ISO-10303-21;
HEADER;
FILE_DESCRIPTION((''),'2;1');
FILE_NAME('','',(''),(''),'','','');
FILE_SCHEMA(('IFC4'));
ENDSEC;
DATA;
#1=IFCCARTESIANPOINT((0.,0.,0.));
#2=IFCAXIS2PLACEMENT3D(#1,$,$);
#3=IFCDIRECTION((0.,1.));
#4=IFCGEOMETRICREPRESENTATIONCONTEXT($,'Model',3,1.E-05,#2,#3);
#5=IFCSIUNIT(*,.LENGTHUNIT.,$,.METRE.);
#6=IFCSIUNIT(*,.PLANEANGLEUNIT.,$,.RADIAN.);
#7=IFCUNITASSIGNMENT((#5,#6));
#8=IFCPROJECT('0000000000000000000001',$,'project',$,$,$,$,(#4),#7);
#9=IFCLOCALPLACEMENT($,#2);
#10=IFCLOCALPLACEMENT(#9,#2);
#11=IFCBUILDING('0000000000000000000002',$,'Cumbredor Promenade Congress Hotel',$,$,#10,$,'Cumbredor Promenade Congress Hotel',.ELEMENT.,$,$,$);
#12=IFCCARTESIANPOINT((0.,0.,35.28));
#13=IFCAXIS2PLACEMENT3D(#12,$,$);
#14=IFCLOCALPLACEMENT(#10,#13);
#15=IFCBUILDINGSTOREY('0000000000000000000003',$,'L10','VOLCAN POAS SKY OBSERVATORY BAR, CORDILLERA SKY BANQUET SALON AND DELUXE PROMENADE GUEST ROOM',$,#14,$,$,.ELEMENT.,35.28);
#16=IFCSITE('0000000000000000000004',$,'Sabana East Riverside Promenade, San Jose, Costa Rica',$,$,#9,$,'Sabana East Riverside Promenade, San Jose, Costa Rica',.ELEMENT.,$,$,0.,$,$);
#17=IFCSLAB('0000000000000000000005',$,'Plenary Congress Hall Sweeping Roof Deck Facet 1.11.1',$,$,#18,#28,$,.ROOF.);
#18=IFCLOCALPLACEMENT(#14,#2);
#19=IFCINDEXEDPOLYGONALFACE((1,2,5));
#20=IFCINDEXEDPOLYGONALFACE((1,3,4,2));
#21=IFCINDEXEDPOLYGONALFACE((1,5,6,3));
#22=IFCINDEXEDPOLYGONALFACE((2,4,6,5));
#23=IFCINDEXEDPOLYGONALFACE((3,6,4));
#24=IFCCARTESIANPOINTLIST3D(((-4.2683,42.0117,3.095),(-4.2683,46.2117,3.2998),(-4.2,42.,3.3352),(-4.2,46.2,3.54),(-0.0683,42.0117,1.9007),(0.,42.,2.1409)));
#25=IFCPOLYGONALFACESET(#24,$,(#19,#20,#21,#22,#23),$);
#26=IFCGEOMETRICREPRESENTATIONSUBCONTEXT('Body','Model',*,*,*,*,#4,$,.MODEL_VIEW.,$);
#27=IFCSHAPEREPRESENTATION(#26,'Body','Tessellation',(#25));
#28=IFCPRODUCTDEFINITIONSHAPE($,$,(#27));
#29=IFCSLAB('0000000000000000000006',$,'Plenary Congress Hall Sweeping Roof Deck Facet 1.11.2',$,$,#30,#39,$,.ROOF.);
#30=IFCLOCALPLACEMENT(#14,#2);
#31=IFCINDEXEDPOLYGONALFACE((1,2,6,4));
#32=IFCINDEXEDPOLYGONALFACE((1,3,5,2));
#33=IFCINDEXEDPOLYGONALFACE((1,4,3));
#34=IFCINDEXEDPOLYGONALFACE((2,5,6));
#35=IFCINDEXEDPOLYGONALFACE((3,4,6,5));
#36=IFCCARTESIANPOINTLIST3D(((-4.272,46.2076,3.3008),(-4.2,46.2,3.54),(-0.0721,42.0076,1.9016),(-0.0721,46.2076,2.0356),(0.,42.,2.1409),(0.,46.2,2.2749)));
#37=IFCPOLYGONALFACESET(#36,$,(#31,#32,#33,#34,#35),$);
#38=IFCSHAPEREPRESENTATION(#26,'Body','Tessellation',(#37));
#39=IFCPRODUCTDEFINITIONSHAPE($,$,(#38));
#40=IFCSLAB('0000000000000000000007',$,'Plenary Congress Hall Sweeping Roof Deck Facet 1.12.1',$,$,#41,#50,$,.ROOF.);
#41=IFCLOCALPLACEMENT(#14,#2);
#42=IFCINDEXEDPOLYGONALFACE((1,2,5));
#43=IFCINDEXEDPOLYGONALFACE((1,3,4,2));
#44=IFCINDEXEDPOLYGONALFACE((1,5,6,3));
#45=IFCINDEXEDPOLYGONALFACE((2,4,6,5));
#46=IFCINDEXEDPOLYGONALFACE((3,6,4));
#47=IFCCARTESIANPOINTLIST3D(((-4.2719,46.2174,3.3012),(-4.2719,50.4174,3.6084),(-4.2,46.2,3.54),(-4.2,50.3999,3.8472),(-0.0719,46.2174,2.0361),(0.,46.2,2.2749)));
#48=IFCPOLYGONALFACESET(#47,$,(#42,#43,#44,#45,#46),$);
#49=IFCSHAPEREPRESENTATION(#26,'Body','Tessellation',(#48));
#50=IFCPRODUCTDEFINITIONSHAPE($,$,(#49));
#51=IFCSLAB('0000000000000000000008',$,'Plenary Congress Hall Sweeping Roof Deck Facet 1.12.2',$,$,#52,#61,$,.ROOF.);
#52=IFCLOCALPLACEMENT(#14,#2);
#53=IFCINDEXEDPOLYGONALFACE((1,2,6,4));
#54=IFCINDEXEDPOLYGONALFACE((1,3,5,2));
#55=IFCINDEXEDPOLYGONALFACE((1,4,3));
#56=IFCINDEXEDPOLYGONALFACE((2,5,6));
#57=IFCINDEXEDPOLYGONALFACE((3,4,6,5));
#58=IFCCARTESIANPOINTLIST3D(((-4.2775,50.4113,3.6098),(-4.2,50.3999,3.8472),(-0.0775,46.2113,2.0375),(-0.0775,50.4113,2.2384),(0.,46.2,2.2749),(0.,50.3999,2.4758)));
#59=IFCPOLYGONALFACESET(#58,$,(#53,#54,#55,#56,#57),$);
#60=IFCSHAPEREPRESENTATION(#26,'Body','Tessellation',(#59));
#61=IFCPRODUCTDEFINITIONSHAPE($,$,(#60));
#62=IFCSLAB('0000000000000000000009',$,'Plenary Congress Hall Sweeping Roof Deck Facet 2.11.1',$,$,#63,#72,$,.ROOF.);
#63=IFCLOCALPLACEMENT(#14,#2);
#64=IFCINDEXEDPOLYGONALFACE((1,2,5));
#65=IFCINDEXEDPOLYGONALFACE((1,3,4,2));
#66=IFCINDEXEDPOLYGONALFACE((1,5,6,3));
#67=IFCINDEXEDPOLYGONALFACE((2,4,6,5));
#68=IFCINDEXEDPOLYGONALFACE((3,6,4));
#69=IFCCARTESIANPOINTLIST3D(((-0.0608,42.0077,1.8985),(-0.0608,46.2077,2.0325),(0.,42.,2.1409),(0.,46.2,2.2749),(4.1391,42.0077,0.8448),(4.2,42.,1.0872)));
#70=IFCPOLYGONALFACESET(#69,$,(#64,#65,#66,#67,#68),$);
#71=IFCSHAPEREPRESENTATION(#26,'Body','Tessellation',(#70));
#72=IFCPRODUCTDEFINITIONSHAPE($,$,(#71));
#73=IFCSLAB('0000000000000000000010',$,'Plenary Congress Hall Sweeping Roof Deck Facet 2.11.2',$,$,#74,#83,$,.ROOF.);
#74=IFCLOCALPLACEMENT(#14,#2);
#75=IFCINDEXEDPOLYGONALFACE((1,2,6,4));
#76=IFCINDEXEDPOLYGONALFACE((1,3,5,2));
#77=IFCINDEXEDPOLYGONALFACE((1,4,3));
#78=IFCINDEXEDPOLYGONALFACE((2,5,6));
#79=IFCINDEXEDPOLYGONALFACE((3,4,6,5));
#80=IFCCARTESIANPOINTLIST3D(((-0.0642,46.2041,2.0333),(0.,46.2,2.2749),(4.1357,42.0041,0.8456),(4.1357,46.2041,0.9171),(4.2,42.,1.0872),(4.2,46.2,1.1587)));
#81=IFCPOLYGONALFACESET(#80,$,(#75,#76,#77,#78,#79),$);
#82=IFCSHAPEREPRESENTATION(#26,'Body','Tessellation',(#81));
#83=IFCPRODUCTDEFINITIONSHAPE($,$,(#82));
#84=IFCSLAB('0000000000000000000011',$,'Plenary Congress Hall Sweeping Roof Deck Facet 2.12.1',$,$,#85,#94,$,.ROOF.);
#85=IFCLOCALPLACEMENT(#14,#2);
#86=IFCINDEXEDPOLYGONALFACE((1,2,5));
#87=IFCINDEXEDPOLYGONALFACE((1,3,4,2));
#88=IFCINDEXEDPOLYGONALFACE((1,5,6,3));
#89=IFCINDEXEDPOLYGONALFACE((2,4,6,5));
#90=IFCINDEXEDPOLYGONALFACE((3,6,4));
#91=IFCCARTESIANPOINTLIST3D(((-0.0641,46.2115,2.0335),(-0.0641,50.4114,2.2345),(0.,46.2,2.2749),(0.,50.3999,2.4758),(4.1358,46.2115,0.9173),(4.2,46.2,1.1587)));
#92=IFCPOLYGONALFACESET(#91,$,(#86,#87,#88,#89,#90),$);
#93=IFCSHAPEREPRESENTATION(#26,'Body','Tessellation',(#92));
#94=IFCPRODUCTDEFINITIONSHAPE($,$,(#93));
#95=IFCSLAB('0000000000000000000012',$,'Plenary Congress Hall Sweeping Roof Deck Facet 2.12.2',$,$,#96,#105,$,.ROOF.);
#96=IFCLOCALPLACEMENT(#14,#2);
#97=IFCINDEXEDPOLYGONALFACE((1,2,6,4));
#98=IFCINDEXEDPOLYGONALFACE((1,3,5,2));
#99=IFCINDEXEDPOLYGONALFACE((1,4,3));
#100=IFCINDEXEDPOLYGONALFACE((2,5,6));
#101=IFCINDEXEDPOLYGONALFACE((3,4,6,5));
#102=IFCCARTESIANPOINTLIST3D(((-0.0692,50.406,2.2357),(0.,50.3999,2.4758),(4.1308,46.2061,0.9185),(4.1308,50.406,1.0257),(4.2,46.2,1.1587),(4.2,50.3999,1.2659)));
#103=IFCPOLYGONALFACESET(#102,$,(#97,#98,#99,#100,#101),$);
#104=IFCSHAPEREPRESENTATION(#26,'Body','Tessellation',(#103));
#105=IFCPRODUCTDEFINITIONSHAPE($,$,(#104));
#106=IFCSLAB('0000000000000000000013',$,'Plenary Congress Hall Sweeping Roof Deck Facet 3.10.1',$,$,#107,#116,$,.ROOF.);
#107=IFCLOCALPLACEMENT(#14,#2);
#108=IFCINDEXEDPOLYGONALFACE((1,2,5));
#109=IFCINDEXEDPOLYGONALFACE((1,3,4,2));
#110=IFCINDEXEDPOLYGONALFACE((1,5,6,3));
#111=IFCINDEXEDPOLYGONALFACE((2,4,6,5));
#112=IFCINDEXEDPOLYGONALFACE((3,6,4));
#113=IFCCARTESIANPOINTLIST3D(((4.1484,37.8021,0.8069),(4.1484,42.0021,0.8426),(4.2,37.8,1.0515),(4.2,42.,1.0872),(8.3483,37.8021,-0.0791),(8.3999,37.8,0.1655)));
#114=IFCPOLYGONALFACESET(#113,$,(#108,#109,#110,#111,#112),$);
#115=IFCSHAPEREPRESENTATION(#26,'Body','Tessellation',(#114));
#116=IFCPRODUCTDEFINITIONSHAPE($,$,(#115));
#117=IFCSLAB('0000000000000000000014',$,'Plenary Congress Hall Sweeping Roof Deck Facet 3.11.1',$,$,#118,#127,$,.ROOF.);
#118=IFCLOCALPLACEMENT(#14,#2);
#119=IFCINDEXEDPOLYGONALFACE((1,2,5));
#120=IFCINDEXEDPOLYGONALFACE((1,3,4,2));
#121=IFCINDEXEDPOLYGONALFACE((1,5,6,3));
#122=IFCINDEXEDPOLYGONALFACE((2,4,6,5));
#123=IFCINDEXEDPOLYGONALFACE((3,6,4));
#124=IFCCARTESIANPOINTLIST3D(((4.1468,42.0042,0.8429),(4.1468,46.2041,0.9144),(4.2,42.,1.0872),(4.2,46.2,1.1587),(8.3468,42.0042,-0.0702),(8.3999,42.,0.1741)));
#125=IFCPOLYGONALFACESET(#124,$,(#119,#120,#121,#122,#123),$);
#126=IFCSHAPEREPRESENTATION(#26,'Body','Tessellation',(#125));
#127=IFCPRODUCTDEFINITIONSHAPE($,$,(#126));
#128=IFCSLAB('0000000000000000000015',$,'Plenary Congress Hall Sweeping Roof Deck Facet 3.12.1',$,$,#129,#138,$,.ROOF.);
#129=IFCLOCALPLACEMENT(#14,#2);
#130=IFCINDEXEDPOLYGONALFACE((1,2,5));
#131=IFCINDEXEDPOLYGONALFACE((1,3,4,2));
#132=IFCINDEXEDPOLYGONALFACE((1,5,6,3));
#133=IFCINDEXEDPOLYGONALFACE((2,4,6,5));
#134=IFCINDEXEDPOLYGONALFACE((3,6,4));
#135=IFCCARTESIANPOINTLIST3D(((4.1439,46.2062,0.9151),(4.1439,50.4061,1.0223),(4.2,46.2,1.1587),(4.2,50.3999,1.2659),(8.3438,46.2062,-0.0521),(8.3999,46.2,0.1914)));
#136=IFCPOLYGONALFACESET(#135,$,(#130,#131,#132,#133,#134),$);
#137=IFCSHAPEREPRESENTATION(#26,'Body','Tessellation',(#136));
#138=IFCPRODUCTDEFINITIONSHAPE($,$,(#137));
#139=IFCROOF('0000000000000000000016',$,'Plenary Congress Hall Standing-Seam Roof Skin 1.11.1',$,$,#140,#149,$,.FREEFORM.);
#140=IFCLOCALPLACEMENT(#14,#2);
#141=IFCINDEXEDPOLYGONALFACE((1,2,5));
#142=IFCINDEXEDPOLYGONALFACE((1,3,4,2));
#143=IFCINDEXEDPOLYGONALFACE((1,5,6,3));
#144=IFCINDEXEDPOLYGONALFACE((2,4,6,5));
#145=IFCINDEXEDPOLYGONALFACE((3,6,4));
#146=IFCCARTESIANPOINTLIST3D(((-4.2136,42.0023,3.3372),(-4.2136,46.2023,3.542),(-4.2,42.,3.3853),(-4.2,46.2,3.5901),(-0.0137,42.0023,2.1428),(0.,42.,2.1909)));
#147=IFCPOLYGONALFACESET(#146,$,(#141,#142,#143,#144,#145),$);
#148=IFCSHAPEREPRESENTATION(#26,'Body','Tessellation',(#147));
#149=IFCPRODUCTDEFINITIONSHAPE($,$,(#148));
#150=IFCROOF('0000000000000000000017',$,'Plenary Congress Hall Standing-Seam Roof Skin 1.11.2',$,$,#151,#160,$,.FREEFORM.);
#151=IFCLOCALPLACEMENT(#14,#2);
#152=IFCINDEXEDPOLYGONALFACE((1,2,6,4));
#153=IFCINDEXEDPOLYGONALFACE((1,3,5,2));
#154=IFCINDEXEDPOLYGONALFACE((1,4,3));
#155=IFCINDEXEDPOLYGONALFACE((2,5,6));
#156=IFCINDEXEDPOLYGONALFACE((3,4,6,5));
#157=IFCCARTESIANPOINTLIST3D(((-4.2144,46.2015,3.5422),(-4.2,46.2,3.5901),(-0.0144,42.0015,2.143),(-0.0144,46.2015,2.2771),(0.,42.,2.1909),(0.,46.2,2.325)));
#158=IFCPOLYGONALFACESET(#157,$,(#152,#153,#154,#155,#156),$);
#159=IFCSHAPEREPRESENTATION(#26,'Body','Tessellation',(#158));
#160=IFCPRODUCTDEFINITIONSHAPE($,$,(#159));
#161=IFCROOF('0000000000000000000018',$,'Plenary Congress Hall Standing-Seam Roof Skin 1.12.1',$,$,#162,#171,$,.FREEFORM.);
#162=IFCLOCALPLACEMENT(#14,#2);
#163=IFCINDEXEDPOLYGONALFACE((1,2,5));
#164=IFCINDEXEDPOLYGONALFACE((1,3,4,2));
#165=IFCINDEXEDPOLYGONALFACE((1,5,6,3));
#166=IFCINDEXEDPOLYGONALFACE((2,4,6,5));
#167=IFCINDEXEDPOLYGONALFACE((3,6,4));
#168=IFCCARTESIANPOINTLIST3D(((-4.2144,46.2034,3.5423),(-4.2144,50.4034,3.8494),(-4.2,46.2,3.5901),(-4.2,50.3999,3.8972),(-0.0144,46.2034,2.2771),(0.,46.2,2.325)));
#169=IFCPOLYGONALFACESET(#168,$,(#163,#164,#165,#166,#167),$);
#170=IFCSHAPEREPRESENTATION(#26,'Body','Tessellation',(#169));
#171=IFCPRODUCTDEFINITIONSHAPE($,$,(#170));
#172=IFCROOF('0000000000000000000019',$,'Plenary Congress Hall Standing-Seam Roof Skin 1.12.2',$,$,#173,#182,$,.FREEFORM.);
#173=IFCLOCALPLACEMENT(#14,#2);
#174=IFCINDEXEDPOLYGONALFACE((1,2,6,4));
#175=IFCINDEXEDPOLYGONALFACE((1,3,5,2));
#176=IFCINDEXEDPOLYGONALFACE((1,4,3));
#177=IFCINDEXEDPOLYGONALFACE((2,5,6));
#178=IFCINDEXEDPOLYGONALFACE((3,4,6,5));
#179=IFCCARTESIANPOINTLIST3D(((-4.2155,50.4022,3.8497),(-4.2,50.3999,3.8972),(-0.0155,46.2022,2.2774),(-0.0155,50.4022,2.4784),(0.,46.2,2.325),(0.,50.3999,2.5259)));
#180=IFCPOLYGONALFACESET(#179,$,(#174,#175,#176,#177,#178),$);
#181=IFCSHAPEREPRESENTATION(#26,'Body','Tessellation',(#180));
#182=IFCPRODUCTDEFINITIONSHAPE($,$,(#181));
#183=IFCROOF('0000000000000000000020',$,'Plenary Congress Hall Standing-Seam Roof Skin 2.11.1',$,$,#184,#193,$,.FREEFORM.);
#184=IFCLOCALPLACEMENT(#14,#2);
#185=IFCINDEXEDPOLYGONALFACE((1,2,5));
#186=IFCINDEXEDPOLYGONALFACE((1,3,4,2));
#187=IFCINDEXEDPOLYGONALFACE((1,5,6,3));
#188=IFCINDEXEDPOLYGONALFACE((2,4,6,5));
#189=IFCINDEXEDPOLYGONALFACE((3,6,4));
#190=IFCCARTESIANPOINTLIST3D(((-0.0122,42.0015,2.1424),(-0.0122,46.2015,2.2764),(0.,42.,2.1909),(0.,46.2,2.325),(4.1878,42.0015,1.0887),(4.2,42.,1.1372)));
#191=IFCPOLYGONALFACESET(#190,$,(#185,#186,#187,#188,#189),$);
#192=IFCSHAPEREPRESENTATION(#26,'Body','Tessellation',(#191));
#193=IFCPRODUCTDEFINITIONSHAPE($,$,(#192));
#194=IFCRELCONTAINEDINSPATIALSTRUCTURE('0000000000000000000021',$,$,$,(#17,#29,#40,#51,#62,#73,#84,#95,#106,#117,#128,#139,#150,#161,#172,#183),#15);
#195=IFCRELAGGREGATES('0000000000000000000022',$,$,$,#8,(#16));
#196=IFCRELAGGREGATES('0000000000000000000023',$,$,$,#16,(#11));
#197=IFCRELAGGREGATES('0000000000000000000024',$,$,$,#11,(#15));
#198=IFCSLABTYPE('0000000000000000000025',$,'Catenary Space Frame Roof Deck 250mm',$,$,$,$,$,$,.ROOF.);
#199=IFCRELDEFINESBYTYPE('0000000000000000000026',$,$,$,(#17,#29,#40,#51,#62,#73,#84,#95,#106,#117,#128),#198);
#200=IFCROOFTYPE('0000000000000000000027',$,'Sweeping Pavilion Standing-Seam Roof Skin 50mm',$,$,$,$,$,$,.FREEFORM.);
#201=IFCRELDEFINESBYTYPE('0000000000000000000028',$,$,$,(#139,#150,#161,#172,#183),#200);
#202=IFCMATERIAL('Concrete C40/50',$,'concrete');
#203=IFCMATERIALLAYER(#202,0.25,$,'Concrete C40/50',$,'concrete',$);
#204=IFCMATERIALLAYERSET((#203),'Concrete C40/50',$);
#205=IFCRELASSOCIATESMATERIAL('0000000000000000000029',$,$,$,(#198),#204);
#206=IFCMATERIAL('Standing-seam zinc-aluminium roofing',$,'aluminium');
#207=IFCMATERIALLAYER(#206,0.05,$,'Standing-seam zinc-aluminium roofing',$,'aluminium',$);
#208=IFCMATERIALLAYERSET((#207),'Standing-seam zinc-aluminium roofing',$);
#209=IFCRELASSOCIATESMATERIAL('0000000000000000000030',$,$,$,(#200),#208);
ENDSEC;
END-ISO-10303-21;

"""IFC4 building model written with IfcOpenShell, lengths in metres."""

from ifc_helpers import new_model, si_unit, direction, frame, origin, place, context, subcontext, project, spatial, polyline, outline, extrude, material, layer, layer_set, type_object, element, save


model = new_model("IFC4")

# Units and contexts
model_context = context("Model", 3, precision=1e-05, world=origin(), true_north=direction((0.0, 1.0)))
body_context = subcontext(model_context, "Body", "Model", "MODEL_VIEW")
ifc_project = project(units=[si_unit("LENGTHUNIT", "METRE"), si_unit("PLANEANGLEUNIT", "RADIAN")], contexts=[model_context])

# Site, building, storey
site_placement = place(None, origin())
site = spatial("IfcSite", under=ifc_project, at=site_placement, Name="Sabana East Riverside Promenade, San Jose, Costa Rica", LongName="Sabana East Riverside Promenade, San Jose, Costa Rica", CompositionType="ELEMENT", RefElevation=0.0)
building_placement = place(site_placement, origin())
building = spatial("IfcBuilding", under=site, at=building_placement, Name="Cumbredor Promenade Congress Hotel", LongName="Cumbredor Promenade Congress Hotel", CompositionType="ELEMENT")
storey_placement = place(building_placement, frame((0.0, 0.0, 35.28)))
storey = spatial("IfcBuildingStorey", under=building, at=storey_placement, Name="L10", Description="VOLCAN POAS SKY OBSERVATORY BAR, CORDILLERA SKY BANQUET SALON AND DELUXE PROMENADE GUEST ROOM", CompositionType="ELEMENT", Elevation=35.28)

# Slabs
ifc_material_1 = material(Name="Concrete C40/50", Category="concrete")
ifc_layer_1 = layer(ifc_material_1, 0.25, Name="Concrete C40/50", Category="concrete")
ifc_layer_set_1 = layer_set([ifc_layer_1], Name="Concrete C40/50")
slab_type = type_object("IfcSlabType", Name="Catenary Space Frame Roof Deck 250mm", PredefinedType="ROOF", material=ifc_layer_set_1)
slab_1_placement = place(storey_placement, frame((-4.2, 42.0, 3.3352), z_axis=(0.273224, -0.046859, 0.960808), x_axis=(0.961865, 0.0, -0.273525)))
element("IfcSlab", 1, at=slab_1_placement, inside=storey, type_object=slab_type, Name="Plenary Congress Hall Sweeping Roof Deck Facet 1.11.1", PredefinedType="ROOF", context=body_context, shape_type="SweptSolid", body=[
    extrude(outline(polyline([(0.0, 0.0), (4.3665, 0.0), (-0.056, 4.2046), (0.0, 0.0)])), origin(), (0.0, 0.0, -1.0), 0.25),
])
slab_2_placement = place(storey_placement, frame((0.0, 42.0, 2.1409), z_axis=(0.288291, -0.030543, 0.957056), x_axis=(0.0, 0.999491, 0.031897)))
element("IfcSlab", 2, at=slab_2_placement, inside=storey, type_object=slab_type, Name="Plenary Congress Hall Sweeping Roof Deck Facet 1.11.2", PredefinedType="ROOF", context=body_context, shape_type="SweptSolid", body=[
    extrude(outline(polyline([(0.0, 0.0), (4.2021, 0.0), (4.2424, 4.3862), (0.0, 0.0)])), origin(), (0.0, 0.0, -1.0), 0.25),
])
slab_3_placement = place(storey_placement, frame((-4.2, 46.2, 3.54), z_axis=(0.287721, -0.069848, 0.955164), x_axis=(0.957502, 0.0, -0.288425)))
element("IfcSlab", 3, at=slab_3_placement, inside=storey, type_object=slab_type, Name="Plenary Congress Hall Sweeping Roof Deck Facet 1.12.1", PredefinedType="ROOF", context=body_context, shape_type="SweptSolid", body=[
    extrude(outline(polyline([(0.0, 0.0), (4.3864, 0.0), (-0.0886, 4.2102), (0.0, 0.0)])), origin(), (0.0, 0.0, -1.0), 0.25),
])
slab_4_placement = place(storey_placement, frame((0.0, 46.2, 2.2749), z_axis=(0.310066, -0.045431, 0.949629), x_axis=(0.0, 0.998858, 0.047786)))
element("IfcSlab", 4, at=slab_4_placement, inside=storey, type_object=slab_type, Name="Plenary Congress Hall Sweeping Roof Deck Facet 1.12.2", PredefinedType="ROOF", context=body_context, shape_type="SweptSolid", body=[
    extrude(outline(polyline([(0.0, 0.0), (4.2048, 0.0), (4.2703, 4.4177), (0.0, 0.0)])), origin(), (0.0, 0.0, -1.0), 0.25),
])
slab_5_placement = place(storey_placement, frame((0.0, 42.0, 2.1409), z_axis=(0.243228, -0.030939, 0.969476), x_axis=(0.96994, 0.0, -0.243345)))
element("IfcSlab", 5, at=slab_5_placement, inside=storey, type_object=slab_type, Name="Plenary Congress Hall Sweeping Roof Deck Facet 2.11.1", PredefinedType="ROOF", context=body_context, shape_type="SweptSolid", body=[
    extrude(outline(polyline([(0.0, 0.0), (4.3301, 0.0), (-0.0326, 4.202), (0.0, 0.0)])), origin(), (0.0, 0.0, -1.0), 0.25),
])
slab_6_placement = place(storey_placement, frame((4.2, 42.0, 1.0872), z_axis=(0.256817, -0.016458, 0.96632), x_axis=(0.0, 0.999855, 0.017029)))
element("IfcSlab", 6, at=slab_6_placement, inside=storey, type_object=slab_type, Name="Plenary Congress Hall Sweeping Roof Deck Facet 2.11.2", PredefinedType="ROOF", context=body_context, shape_type="SweptSolid", body=[
    extrude(outline(polyline([(0.0, 0.0), (4.2006, 0.0), (4.2196, 4.3457), (0.0, 0.0)])), origin(), (0.0, 0.0, -1.0), 0.25),
])
slab_7_placement = place(storey_placement, frame((0.0, 46.2, 2.2749), z_axis=(0.256577, -0.046186, 0.96542), x_axis=(0.966451, 0.0, -0.256851)))
element("IfcSlab", 7, at=slab_7_placement, inside=storey, type_object=slab_type, Name="Plenary Congress Hall Sweeping Roof Deck Facet 2.12.1", PredefinedType="ROOF", context=body_context, shape_type="SweptSolid", body=[
    extrude(outline(polyline([(0.0, 0.0), (4.3457, 0.0), (-0.0516, 4.2044), (0.0, 0.0)])), origin(), (0.0, 0.0, -1.0), 0.25),
])
slab_8_placement = place(storey_placement, frame((4.2, 46.2, 1.1587), z_axis=(0.276747, -0.024514, 0.96063), x_axis=(0.0, 0.999675, 0.02551)))
element("IfcSlab", 8, at=slab_8_placement, inside=storey, type_object=slab_type, Name="Plenary Congress Hall Sweeping Roof Deck Facet 2.12.2", PredefinedType="ROOF", context=body_context, shape_type="SweptSolid", body=[
    extrude(outline(polyline([(0.0, 0.0), (4.2013, 0.0), (4.2322, 4.3707), (0.0, 0.0)])), origin(), (0.0, 0.0, -1.0), 0.25),
])
slab_9_placement = place(storey_placement, frame((4.2, 37.8, 1.0515), z_axis=(0.206402, -0.008304, 0.978432), x_axis=(0.978466, 0.0, -0.206409)))
element("IfcSlab", 9, at=slab_9_placement, inside=storey, type_object=slab_type, Name="Plenary Congress Hall Sweeping Roof Deck Facet 3.10.1", PredefinedType="ROOF", context=body_context, shape_type="SweptSolid", body=[
    extrude(outline(polyline([(0.0, 0.0), (4.2924, 0.0), (-0.0074, 4.2001), (0.0, 0.0)])), origin(), (0.0, 0.0, -1.0), 0.25),
])
slab_10_placement = place(storey_placement, frame((4.2, 42.0, 1.0872), z_axis=(0.212412, -0.016641, 0.977038), x_axis=(0.977174, 0.0, -0.212441)))
element("IfcSlab", 10, at=slab_10_placement, inside=storey, type_object=slab_type, Name="Plenary Congress Hall Sweeping Roof Deck Facet 3.11.1", PredefinedType="ROOF", context=body_context, shape_type="SweptSolid", body=[
    extrude(outline(polyline([(0.0, 0.0), (4.2981, 0.0), (-0.0152, 4.2005), (0.0, 0.0)])), origin(), (0.0, 0.0, -1.0), 0.25),
])
slab_11_placement = place(storey_placement, frame((4.2, 46.2, 1.1587), z_axis=(0.224364, -0.02486, 0.974188), x_axis=(0.974489, 0.0, -0.224433)))
element("IfcSlab", 11, at=slab_11_placement, inside=storey, type_object=slab_type, Name="Plenary Congress Hall Sweeping Roof Deck Facet 3.12.1", PredefinedType="ROOF", context=body_context, shape_type="SweptSolid", body=[
    extrude(outline(polyline([(0.0, 0.0), (4.3099, 0.0), (-0.0241, 4.2012), (0.0, 0.0)])), origin(), (0.0, 0.0, -1.0), 0.25),
])

# Roofs
ifc_material_2 = material(Name="Standing-seam zinc-aluminium roofing", Category="aluminium")
ifc_layer_2 = layer(ifc_material_2, 0.05, Name="Standing-seam zinc-aluminium roofing", Category="aluminium")
ifc_layer_set_2 = layer_set([ifc_layer_2], Name="Standing-seam zinc-aluminium roofing")
roof_type = type_object("IfcRoofType", Name="Sweeping Pavilion Standing-Seam Roof Skin 50mm", PredefinedType="FREEFORM", material=ifc_layer_set_2)
roof_1_placement = place(storey_placement, frame((-4.2, 42.0, 3.3853), z_axis=(0.273224, -0.046859, 0.960808), x_axis=(0.961865, 0.0, -0.273525)))
element("IfcRoof", 12, at=roof_1_placement, inside=storey, type_object=roof_type, Name="Plenary Congress Hall Standing-Seam Roof Skin 1.11.1", PredefinedType="FREEFORM", context=body_context, shape_type="SweptSolid", body=[
    extrude(outline(polyline([(0.0, 0.0), (4.3665, 0.0), (-0.056, 4.2046), (0.0, 0.0)])), origin(), (0.0, 0.0, -1.0), 0.05),
])
roof_2_placement = place(storey_placement, frame((0.0, 42.0, 2.1909), z_axis=(0.288291, -0.030543, 0.957056), x_axis=(0.0, 0.999491, 0.031897)))
element("IfcRoof", 13, at=roof_2_placement, inside=storey, type_object=roof_type, Name="Plenary Congress Hall Standing-Seam Roof Skin 1.11.2", PredefinedType="FREEFORM", context=body_context, shape_type="SweptSolid", body=[
    extrude(outline(polyline([(0.0, 0.0), (4.2021, 0.0), (4.2424, 4.3862), (0.0, 0.0)])), origin(), (0.0, 0.0, -1.0), 0.05),
])
roof_3_placement = place(storey_placement, frame((-4.2, 46.2, 3.5901), z_axis=(0.287721, -0.069848, 0.955164), x_axis=(0.957502, 0.0, -0.288425)))
element("IfcRoof", 14, at=roof_3_placement, inside=storey, type_object=roof_type, Name="Plenary Congress Hall Standing-Seam Roof Skin 1.12.1", PredefinedType="FREEFORM", context=body_context, shape_type="SweptSolid", body=[
    extrude(outline(polyline([(0.0, 0.0), (4.3864, 0.0), (-0.0886, 4.2102), (0.0, 0.0)])), origin(), (0.0, 0.0, -1.0), 0.05),
])
roof_4_placement = place(storey_placement, frame((0.0, 46.2, 2.325), z_axis=(0.310066, -0.045431, 0.949629), x_axis=(0.0, 0.998858, 0.047786)))
element("IfcRoof", 15, at=roof_4_placement, inside=storey, type_object=roof_type, Name="Plenary Congress Hall Standing-Seam Roof Skin 1.12.2", PredefinedType="FREEFORM", context=body_context, shape_type="SweptSolid", body=[
    extrude(outline(polyline([(0.0, 0.0), (4.2048, 0.0), (4.2703, 4.4177), (0.0, 0.0)])), origin(), (0.0, 0.0, -1.0), 0.05),
])
roof_5_placement = place(storey_placement, frame((0.0, 42.0, 2.1909), z_axis=(0.243228, -0.030939, 0.969476), x_axis=(0.96994, 0.0, -0.243345)))
element("IfcRoof", 16, at=roof_5_placement, inside=storey, type_object=roof_type, Name="Plenary Congress Hall Standing-Seam Roof Skin 2.11.1", PredefinedType="FREEFORM", context=body_context, shape_type="SweptSolid", body=[
    extrude(outline(polyline([(0.0, 0.0), (4.3301, 0.0), (-0.0326, 4.202), (0.0, 0.0)])), origin(), (0.0, 0.0, -1.0), 0.05),
])

save(model, "model.ifc")
